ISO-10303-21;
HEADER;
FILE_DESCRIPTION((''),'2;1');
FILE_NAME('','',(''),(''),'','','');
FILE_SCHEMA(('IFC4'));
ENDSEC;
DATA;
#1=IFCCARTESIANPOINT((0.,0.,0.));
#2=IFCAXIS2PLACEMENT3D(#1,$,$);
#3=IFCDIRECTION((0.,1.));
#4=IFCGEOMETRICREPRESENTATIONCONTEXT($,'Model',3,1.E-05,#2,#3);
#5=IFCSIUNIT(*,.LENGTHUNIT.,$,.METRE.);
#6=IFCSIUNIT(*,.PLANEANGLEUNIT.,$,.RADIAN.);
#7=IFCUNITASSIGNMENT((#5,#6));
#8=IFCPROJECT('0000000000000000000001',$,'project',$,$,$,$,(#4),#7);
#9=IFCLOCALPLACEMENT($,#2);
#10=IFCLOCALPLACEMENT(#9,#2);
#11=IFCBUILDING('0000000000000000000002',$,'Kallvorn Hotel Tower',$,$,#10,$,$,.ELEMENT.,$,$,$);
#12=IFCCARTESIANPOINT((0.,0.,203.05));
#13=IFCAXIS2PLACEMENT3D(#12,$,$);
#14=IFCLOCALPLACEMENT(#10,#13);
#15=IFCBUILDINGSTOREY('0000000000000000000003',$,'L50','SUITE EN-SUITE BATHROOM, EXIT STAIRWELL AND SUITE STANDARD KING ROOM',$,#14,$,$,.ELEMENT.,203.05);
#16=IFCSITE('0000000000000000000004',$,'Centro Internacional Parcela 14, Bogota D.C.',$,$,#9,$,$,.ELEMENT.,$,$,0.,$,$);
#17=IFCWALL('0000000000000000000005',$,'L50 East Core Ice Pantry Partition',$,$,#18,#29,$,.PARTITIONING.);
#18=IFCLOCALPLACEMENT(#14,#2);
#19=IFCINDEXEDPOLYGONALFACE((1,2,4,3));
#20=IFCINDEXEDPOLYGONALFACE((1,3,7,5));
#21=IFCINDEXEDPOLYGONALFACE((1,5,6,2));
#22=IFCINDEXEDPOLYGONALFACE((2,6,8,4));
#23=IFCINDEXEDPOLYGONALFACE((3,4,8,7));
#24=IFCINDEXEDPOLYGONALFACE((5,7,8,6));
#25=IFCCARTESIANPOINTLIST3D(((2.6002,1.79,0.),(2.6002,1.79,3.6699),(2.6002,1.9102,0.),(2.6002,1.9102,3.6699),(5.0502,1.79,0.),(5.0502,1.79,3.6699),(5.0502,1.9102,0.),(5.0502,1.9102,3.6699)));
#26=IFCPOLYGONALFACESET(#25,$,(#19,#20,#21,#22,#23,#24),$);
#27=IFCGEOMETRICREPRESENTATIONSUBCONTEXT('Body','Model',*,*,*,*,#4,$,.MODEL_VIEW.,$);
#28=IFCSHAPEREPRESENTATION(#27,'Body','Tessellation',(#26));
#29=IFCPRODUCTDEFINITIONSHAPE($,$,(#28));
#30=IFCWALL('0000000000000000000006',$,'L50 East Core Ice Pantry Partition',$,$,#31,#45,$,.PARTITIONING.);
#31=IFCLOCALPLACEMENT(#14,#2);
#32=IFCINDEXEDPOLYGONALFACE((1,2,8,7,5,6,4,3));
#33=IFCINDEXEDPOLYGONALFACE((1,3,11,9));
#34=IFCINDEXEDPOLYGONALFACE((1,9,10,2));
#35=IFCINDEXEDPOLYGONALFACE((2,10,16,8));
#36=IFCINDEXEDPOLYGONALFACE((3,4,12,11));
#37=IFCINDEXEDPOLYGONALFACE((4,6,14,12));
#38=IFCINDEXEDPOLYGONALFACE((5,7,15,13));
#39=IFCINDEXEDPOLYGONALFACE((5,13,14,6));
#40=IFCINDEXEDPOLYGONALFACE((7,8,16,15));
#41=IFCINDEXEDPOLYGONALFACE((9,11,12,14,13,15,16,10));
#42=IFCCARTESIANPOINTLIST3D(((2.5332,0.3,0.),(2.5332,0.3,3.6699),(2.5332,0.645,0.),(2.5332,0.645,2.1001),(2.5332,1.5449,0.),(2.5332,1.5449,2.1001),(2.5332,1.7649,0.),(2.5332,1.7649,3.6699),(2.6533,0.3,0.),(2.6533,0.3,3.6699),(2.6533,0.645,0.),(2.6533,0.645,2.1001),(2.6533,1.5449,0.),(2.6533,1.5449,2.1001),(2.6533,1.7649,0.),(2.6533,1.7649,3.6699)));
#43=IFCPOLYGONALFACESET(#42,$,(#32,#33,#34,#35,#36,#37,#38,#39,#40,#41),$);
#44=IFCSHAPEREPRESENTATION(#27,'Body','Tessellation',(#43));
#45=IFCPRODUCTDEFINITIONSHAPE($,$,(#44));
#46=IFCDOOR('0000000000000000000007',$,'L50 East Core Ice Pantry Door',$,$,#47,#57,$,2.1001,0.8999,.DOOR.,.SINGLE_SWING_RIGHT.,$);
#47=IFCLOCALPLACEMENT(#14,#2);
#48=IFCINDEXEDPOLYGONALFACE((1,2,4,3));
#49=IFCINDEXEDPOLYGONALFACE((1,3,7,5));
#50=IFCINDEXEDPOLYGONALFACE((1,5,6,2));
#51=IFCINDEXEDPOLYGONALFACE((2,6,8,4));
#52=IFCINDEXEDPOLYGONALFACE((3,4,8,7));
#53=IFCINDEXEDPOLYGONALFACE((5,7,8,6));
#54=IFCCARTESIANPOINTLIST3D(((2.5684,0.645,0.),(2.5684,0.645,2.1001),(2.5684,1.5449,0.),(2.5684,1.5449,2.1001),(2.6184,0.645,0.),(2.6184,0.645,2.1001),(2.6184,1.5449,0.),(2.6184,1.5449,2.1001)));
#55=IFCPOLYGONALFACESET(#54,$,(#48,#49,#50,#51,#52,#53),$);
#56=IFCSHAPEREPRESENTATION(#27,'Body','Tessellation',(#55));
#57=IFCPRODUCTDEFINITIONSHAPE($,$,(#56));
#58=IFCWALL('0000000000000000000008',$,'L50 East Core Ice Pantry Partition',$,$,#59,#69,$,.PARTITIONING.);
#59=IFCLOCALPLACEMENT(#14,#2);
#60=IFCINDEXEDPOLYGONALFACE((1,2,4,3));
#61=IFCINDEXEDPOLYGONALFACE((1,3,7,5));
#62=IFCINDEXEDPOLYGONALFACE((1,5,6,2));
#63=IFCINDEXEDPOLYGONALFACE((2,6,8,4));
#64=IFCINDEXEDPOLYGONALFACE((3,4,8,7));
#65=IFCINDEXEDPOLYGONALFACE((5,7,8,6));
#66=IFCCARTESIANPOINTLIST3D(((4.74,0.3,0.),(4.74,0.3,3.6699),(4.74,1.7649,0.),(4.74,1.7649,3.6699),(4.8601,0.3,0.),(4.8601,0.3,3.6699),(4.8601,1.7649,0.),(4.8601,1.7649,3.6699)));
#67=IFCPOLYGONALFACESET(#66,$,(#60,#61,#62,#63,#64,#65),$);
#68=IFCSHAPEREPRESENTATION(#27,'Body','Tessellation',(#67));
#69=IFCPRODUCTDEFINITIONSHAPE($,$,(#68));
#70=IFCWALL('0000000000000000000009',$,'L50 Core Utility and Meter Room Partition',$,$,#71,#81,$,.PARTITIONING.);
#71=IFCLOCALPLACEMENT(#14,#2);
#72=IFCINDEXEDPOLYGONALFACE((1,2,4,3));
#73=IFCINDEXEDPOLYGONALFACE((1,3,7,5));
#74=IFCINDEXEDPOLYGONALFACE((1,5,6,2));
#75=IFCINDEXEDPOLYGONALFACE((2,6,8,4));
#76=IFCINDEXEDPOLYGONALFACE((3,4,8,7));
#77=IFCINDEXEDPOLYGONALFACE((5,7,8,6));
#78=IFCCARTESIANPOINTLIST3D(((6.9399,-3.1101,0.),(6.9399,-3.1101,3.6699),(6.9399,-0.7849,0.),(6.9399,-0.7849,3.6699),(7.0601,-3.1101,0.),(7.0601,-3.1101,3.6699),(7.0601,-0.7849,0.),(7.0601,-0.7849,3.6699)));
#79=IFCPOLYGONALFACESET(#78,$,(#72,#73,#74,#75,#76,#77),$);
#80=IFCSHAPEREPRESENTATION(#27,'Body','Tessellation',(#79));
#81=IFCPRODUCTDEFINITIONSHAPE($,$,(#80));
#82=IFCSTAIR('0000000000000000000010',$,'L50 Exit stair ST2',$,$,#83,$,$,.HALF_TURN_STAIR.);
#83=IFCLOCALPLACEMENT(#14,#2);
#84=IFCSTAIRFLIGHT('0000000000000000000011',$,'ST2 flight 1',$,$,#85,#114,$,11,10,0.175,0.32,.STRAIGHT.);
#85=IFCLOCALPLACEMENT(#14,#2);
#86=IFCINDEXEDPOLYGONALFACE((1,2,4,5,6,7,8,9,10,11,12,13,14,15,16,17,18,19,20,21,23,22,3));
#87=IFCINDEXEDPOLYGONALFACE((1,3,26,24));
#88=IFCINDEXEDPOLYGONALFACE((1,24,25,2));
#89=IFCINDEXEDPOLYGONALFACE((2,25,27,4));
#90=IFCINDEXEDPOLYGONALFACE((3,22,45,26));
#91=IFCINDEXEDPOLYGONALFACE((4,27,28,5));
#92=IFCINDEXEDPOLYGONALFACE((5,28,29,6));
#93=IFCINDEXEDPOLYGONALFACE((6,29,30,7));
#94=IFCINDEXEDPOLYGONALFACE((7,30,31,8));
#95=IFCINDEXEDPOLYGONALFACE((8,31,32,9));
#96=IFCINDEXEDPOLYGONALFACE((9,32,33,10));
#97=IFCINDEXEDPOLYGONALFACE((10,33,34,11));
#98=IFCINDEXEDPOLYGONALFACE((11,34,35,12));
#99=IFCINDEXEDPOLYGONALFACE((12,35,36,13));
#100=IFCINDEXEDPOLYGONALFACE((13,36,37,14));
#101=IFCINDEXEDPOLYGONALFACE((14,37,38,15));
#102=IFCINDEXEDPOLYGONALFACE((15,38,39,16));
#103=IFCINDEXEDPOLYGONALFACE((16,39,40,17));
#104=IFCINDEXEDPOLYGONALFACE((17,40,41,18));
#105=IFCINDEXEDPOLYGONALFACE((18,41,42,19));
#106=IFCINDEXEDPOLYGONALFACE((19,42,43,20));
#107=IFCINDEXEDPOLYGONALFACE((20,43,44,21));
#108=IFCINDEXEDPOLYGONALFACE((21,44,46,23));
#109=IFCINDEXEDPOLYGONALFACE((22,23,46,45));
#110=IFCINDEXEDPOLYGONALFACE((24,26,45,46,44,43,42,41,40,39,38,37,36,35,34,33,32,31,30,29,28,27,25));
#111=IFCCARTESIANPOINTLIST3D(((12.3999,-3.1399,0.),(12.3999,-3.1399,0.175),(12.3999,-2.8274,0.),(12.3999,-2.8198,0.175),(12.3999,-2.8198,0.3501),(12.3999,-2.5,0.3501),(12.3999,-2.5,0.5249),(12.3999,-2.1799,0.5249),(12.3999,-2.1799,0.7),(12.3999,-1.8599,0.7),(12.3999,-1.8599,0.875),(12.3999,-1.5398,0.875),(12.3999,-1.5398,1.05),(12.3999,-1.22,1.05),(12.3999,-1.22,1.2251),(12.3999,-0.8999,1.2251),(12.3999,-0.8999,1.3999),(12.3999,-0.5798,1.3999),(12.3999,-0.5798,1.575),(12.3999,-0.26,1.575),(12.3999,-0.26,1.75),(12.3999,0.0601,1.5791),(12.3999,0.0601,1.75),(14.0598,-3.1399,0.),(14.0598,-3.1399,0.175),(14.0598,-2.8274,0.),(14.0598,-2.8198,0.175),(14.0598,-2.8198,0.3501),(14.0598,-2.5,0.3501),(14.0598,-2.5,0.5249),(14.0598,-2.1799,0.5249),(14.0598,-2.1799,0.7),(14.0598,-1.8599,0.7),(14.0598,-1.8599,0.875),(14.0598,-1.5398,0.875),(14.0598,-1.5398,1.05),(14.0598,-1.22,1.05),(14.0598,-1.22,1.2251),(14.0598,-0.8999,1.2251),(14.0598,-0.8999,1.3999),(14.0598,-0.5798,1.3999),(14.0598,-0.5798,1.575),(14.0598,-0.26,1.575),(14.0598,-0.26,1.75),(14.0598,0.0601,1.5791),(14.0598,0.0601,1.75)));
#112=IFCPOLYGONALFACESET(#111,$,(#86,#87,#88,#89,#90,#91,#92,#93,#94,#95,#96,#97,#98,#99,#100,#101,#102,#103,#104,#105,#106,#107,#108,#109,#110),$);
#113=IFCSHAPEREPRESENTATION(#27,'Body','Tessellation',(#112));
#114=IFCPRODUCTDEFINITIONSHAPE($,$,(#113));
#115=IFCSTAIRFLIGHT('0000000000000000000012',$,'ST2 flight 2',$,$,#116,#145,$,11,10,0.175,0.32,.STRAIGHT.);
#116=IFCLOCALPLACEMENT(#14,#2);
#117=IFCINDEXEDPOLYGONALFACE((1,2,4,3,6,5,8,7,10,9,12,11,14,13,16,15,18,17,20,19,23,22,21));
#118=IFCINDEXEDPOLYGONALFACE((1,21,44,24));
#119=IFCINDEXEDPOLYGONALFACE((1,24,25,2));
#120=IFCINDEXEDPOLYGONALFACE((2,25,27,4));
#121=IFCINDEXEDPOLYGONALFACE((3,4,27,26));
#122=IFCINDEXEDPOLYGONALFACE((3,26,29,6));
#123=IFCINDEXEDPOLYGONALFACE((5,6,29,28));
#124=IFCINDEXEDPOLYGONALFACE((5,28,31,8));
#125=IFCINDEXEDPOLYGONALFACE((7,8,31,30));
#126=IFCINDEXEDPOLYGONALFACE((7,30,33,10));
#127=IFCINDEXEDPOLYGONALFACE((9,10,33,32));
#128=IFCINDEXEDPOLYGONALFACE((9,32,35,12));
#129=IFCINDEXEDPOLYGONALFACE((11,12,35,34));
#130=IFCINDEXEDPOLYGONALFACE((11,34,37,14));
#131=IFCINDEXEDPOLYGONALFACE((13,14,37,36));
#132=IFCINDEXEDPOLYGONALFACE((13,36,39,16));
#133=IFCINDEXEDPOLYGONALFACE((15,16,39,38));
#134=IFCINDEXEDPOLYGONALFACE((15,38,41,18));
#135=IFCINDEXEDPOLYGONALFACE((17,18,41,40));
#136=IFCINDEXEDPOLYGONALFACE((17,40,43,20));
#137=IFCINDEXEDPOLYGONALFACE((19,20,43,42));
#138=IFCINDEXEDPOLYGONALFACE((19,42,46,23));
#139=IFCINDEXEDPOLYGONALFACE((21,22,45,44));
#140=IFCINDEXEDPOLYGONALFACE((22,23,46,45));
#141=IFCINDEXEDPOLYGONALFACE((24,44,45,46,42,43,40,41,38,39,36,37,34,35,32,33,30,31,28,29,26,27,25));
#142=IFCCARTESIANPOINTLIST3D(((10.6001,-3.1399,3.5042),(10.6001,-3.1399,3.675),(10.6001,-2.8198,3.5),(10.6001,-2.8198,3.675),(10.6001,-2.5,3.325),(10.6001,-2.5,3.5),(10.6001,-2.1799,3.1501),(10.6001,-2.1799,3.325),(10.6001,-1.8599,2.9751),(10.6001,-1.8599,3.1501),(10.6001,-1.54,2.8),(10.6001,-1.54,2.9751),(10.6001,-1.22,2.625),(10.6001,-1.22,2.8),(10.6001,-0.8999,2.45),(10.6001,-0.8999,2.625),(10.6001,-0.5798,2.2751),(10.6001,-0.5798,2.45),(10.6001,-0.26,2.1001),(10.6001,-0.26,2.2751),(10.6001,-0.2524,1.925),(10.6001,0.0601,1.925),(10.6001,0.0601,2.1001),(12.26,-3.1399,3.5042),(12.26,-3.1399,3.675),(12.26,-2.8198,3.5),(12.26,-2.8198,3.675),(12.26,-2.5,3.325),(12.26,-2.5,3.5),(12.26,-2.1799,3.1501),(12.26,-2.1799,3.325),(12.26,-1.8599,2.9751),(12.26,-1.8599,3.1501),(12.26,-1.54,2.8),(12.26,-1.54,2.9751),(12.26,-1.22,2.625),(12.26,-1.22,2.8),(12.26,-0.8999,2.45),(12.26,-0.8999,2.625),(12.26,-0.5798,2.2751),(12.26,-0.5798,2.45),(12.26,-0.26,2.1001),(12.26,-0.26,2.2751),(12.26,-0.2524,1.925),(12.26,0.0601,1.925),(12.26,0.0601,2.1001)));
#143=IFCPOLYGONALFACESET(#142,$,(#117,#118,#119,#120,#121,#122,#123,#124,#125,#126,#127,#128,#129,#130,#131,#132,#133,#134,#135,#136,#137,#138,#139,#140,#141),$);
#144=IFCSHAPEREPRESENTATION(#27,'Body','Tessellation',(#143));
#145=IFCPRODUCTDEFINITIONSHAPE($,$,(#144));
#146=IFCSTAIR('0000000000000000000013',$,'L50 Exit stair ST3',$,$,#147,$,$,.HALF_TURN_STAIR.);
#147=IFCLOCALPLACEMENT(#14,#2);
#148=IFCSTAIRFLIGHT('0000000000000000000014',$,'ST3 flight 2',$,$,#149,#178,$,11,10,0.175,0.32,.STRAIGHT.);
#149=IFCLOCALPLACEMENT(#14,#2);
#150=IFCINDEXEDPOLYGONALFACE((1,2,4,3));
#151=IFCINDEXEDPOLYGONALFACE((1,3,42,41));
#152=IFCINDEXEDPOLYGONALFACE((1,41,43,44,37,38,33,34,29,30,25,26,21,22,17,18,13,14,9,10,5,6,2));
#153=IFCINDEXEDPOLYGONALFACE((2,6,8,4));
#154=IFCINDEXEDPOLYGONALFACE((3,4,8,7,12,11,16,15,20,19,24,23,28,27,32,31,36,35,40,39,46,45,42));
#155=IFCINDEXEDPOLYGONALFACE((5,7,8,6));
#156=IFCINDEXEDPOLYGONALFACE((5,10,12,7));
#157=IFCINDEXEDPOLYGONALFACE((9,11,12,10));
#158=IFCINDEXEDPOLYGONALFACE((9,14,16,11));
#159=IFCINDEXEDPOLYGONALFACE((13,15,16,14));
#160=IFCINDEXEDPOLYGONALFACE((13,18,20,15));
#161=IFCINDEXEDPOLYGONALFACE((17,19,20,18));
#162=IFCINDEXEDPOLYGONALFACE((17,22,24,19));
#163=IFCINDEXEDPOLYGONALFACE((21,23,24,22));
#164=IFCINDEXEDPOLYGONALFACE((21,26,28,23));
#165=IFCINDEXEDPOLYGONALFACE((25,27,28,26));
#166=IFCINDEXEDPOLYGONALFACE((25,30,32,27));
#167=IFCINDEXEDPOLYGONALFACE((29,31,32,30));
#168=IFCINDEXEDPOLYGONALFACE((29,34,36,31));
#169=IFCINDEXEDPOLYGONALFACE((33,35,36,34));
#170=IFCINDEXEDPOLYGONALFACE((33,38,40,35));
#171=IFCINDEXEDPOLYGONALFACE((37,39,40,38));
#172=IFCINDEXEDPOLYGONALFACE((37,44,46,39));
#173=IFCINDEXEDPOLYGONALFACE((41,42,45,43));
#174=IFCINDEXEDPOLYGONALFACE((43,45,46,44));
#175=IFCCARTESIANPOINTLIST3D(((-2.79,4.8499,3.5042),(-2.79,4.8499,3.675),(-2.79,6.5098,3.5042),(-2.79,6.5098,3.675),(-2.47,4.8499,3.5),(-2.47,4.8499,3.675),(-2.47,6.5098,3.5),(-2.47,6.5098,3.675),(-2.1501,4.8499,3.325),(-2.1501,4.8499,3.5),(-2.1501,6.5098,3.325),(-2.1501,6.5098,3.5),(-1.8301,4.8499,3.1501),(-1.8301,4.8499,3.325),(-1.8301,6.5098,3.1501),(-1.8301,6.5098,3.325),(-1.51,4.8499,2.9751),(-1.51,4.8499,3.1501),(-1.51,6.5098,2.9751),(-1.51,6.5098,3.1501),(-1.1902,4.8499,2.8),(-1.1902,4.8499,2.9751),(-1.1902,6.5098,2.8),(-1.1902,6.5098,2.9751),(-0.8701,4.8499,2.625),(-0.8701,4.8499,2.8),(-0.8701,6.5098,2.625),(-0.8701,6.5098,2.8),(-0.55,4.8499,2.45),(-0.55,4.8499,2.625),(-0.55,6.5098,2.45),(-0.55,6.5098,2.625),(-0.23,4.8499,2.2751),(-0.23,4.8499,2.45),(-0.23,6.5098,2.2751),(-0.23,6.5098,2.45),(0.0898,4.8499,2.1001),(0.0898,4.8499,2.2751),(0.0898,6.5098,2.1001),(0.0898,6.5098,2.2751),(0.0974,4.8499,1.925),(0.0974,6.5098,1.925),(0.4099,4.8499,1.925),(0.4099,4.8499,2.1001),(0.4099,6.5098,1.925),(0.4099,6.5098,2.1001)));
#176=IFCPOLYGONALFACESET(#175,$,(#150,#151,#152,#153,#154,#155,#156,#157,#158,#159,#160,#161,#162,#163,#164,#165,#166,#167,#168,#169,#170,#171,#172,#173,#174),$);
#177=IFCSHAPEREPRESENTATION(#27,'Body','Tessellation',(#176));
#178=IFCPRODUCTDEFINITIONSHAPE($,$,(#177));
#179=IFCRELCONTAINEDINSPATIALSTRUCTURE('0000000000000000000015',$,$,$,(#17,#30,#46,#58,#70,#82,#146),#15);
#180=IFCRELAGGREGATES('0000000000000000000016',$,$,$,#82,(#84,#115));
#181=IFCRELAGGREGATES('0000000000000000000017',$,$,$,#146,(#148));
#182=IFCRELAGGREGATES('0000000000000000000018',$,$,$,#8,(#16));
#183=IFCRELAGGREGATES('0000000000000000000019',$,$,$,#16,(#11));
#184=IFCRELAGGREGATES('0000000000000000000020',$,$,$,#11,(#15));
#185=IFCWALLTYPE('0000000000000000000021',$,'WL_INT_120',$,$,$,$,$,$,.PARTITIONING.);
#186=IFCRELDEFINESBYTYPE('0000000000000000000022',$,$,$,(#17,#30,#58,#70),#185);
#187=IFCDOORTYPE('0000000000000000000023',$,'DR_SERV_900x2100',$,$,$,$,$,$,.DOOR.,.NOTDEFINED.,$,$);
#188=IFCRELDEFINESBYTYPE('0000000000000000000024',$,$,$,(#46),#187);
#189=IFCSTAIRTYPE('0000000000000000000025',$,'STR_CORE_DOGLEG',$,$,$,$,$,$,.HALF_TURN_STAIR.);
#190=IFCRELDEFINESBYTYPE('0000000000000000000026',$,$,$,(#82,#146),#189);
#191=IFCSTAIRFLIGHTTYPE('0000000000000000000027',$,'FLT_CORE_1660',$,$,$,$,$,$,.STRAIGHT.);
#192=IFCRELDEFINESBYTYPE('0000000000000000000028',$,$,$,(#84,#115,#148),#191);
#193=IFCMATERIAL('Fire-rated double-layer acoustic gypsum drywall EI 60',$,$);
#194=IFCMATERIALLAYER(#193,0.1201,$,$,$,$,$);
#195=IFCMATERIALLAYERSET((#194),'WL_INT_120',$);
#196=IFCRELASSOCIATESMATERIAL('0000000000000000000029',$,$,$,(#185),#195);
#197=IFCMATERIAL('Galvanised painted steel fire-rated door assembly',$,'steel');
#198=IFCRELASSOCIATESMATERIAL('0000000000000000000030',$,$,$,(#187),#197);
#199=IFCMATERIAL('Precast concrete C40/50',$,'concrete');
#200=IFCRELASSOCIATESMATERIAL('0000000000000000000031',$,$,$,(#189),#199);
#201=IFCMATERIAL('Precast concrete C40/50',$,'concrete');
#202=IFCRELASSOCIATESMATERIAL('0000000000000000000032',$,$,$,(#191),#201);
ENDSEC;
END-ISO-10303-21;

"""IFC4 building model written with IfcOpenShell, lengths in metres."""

from ifc_helpers import new_model, si_unit, direction, frame, frame_2d, origin, place, context, subcontext, project, spatial, polyline, rectangle, outline, extrude, material, layer, layer_set, type_object, element, fill, aggregate, save


model = new_model("IFC4")

# Units and contexts
model_context = context("Model", 3, precision=1e-05, world=origin(), true_north=direction((0.0, 1.0)))
body_context = subcontext(model_context, "Body", "Model", "MODEL_VIEW")
ifc_project = project(units=[si_unit("LENGTHUNIT", "METRE"), si_unit("PLANEANGLEUNIT", "RADIAN")], contexts=[model_context])

# Site, building, storey
site_placement = place(None, origin())
site = spatial("IfcSite", under=ifc_project, at=site_placement, Name="Centro Internacional Parcela 14, Bogota D.C.", CompositionType="ELEMENT", RefElevation=0.0)
building_placement = place(site_placement, origin())
building = spatial("IfcBuilding", under=site, at=building_placement, Name="Kallvorn Hotel Tower", CompositionType="ELEMENT")
storey_placement = place(building_placement, frame((0.0, 0.0, 203.05)))
storey = spatial("IfcBuildingStorey", under=building, at=storey_placement, Name="L50", Description="SUITE EN-SUITE BATHROOM, EXIT STAIRWELL AND SUITE STANDARD KING ROOM", CompositionType="ELEMENT", Elevation=203.05)

# Wall
ifc_material_1 = material(Name="Fire-rated double-layer acoustic gypsum drywall EI 60")
ifc_layer_1 = layer(ifc_material_1, 0.1201)
ifc_layer_set_1 = layer_set([ifc_layer_1], Name="WL_INT_120")
wall_type_1 = type_object("IfcWallType", Name="WL_INT_120", PredefinedType="PARTITIONING", material=ifc_layer_set_1)
wall_1_placement = place(storey_placement, frame((2.6001, 1.8501, 0.0), z_axis=(0.0, 0.0, 1.0), x_axis=(1.0, 0.0, 0.0)))
element("IfcWall", 1, at=wall_1_placement, inside=storey, type_object=wall_type_1, Name="L50 East Core Ice Pantry Partition", PredefinedType="PARTITIONING", context=body_context, shape_type="SweptSolid", body=[
    extrude(rectangle(XDim=2.45, YDim=0.1201, at=frame_2d((1.2251, 0.0))), origin(), (0.0, 0.0, 1.0), 3.6699),
])

# Wall, opening, door
wall_2_placement = place(storey_placement, frame((2.5933, 0.3, 0.0), z_axis=(0.0, 0.0, 1.0), x_axis=(0.0, 1.0, 0.0)))
wall_2 = element("IfcWall", 2, at=wall_2_placement, inside=storey, type_object=wall_type_1, Name="L50 East Core Ice Pantry Partition", PredefinedType="PARTITIONING", context=body_context, shape_type="SweptSolid", body=[
    extrude(rectangle(XDim=1.4648, YDim=0.1201, at=frame_2d((0.7324, 0.0))), origin(), (0.0, 0.0, 1.0), 3.6699),
])
opening_1_placement = place(wall_2_placement, frame((0.345, 0.0, 0.0)))
opening_1 = element("IfcOpeningElement", 3, at=opening_1_placement, cuts=wall_2, PredefinedType="OPENING", context=body_context, shape_type="SweptSolid", body=[
    extrude(rectangle(XDim=0.8999, YDim=2.1001, at=frame_2d((0.45, 1.05))), frame((0.0, 0.075, 0.0), z_axis=(0.0, -1.0, 0.0), x_axis=(1.0, 0.0, 0.0)), (0.0, 0.0, 1.0), 0.1501),
])
ifc_material_2 = material(Name="Galvanised painted steel fire-rated door assembly", Category="steel")
door_type_1 = type_object("IfcDoorType", Name="DR_SERV_900x2100", OperationType="NOTDEFINED", PredefinedType="DOOR", material=ifc_material_2)
door_1_placement = place(opening_1_placement, origin())
door_1 = element("IfcDoor", 4, at=door_1_placement, inside=storey, type_object=door_type_1, Name="L50 East Core Ice Pantry Door", OperationType="SINGLE_SWING_RIGHT", OverallHeight=2.1001, OverallWidth=0.8999, PredefinedType="DOOR", context=body_context, shape_type="SweptSolid", body=[
    extrude(rectangle(XDim=0.8999, YDim=2.1001, at=frame_2d((0.45, 1.05))), frame((0.0, 0.0249, 0.0), z_axis=(0.0, -1.0, 0.0), x_axis=(1.0, 0.0, 0.0)), (0.0, 0.0, 1.0), 0.05),
])
fill(opening_1, door_1)

# Walls
wall_3_placement = place(storey_placement, frame((4.8, 0.3, 0.0), z_axis=(0.0, 0.0, 1.0), x_axis=(0.0, 1.0, 0.0)))
element("IfcWall", 5, at=wall_3_placement, inside=storey, type_object=wall_type_1, Name="L50 East Core Ice Pantry Partition", PredefinedType="PARTITIONING", context=body_context, shape_type="SweptSolid", body=[
    extrude(rectangle(XDim=1.4648, YDim=0.1201, at=frame_2d((0.7324, 0.0))), origin(), (0.0, 0.0, 1.0), 3.6699),
])
wall_4_placement = place(storey_placement, frame((7.0, -3.1101, 0.0), z_axis=(0.0, 0.0, 1.0), x_axis=(0.0, 1.0, 0.0)))
element("IfcWall", 6, at=wall_4_placement, inside=storey, type_object=wall_type_1, Name="L50 Core Utility and Meter Room Partition", PredefinedType="PARTITIONING", context=body_context, shape_type="SweptSolid", body=[
    extrude(rectangle(XDim=2.3252, YDim=0.1201, at=frame_2d((1.1626, 0.0))), origin(), (0.0, 0.0, 1.0), 3.6699),
])

# Stair, stair flights
ifc_material_3 = material(Name="Precast concrete C40/50", Category="concrete")
stair_type = type_object("IfcStairType", Name="STR_CORE_DOGLEG", PredefinedType="HALF_TURN_STAIR", material=ifc_material_3)
stair_1_placement = place(storey_placement, origin())
stair_1 = element("IfcStair", 7, at=stair_1_placement, inside=storey, type_object=stair_type, Name="L50 Exit stair ST2", PredefinedType="HALF_TURN_STAIR")
ifc_material_4 = material(Name="Precast concrete C40/50", Category="concrete")
stair_flight_type = type_object("IfcStairFlightType", Name="FLT_CORE_1660", PredefinedType="STRAIGHT", material=ifc_material_4)
stair_flight_1_placement = place(storey_placement, frame((13.23, -3.1399, 0.0), z_axis=(0.0, 0.0, 1.0), x_axis=(0.0, 1.0, 0.0)))
stair_flight_1 = element("IfcStairFlight", 8, at=stair_flight_1_placement, type_object=stair_flight_type, Name="ST2 flight 1", NumberOfRisers=11, NumberOfTreads=10, PredefinedType="STRAIGHT", RiserHeight=0.175, TreadLength=0.32, context=body_context, shape_type="SweptSolid", body=[
    extrude(outline(polyline([(0.0, 0.0), (0.0, 0.175), (0.3201, 0.175), (0.3201, 0.3501), (0.6399, 0.3501), (0.6399, 0.5249), (0.96, 0.5249), (0.96, 0.7), (1.28, 0.7), (1.28, 0.875), (1.6001, 0.875), (1.6001, 1.05), (1.9199, 1.05), (1.9199, 1.2251), (2.24, 1.2251), (2.24, 1.3999), (2.5601, 1.3999), (2.5601, 1.575), (2.8799, 1.575), (2.8799, 1.75), (3.2, 1.75), (3.2, 1.925), (3.2, 1.5791), (0.3125, 0.0), (0.0, 0.0)])), frame((0.0, 0.8301, 0.0), z_axis=(0.0, -1.0, 0.0), x_axis=(1.0, 0.0, 0.0)), (0.0, 0.0, 1.0), 1.6599),
])
stair_flight_2_placement = place(storey_placement, frame((11.4299, 0.0601, 1.925), z_axis=(0.0, 0.0, 1.0), x_axis=(0.0, -1.0, 0.0)))
stair_flight_2 = element("IfcStairFlight", 9, at=stair_flight_2_placement, type_object=stair_flight_type, Name="ST2 flight 2", NumberOfRisers=11, NumberOfTreads=10, PredefinedType="STRAIGHT", RiserHeight=0.175, TreadLength=0.32, context=body_context, shape_type="SweptSolid", body=[
    extrude(outline(polyline([(0.0, 0.0), (0.0, 0.175), (0.3201, 0.175), (0.3201, 0.3501), (0.6399, 0.3501), (0.6399, 0.5249), (0.96, 0.5249), (0.96, 0.7), (1.28, 0.7), (1.28, 0.875), (1.6001, 0.875), (1.6001, 1.05), (1.9199, 1.05), (1.9199, 1.2251), (2.24, 1.2251), (2.24, 1.3999), (2.5601, 1.3999), (2.5601, 1.575), (2.8799, 1.575), (2.8799, 1.75), (3.2, 1.75), (3.2, 1.925), (3.2, 1.5791), (0.3125, 0.0), (0.0, 0.0)])), frame((0.0, 0.8301, 0.0), z_axis=(0.0, -1.0, 0.0), x_axis=(1.0, 0.0, 0.0)), (0.0, 0.0, 1.0), 1.6599),
])
aggregate(stair_1, [stair_flight_1, stair_flight_2])

# Stair, stair flight
stair_2_placement = place(storey_placement, origin())
stair_2 = element("IfcStair", 10, at=stair_2_placement, inside=storey, type_object=stair_type, Name="L50 Exit stair ST3", PredefinedType="HALF_TURN_STAIR")
stair_flight_3_placement = place(storey_placement, frame((0.4099, 5.6799, 1.925), z_axis=(0.0, 0.0, 1.0), x_axis=(-1.0, 0.0, 0.0)))
stair_flight_3 = element("IfcStairFlight", 11, at=stair_flight_3_placement, type_object=stair_flight_type, Name="ST3 flight 2", NumberOfRisers=11, NumberOfTreads=10, PredefinedType="STRAIGHT", RiserHeight=0.175, TreadLength=0.32, context=body_context, shape_type="SweptSolid", body=[
    extrude(outline(polyline([(0.0, 0.0), (0.0, 0.175), (0.3201, 0.175), (0.3201, 0.3501), (0.6399, 0.3501), (0.6399, 0.5249), (0.96, 0.5249), (0.96, 0.7), (1.28, 0.7), (1.28, 0.875), (1.6001, 0.875), (1.6001, 1.05), (1.9199, 1.05), (1.9199, 1.2251), (2.24, 1.2251), (2.24, 1.3999), (2.5601, 1.3999), (2.5601, 1.575), (2.8799, 1.575), (2.8799, 1.75), (3.2, 1.75), (3.2, 1.925), (3.2, 1.5791), (0.3125, 0.0), (0.0, 0.0)])), frame((0.0, 0.8301, 0.0), z_axis=(0.0, -1.0, 0.0), x_axis=(1.0, 0.0, 0.0)), (0.0, 0.0, 1.0), 1.6599),
])
aggregate(stair_2, [stair_flight_3])

save(model, "model.ifc")
